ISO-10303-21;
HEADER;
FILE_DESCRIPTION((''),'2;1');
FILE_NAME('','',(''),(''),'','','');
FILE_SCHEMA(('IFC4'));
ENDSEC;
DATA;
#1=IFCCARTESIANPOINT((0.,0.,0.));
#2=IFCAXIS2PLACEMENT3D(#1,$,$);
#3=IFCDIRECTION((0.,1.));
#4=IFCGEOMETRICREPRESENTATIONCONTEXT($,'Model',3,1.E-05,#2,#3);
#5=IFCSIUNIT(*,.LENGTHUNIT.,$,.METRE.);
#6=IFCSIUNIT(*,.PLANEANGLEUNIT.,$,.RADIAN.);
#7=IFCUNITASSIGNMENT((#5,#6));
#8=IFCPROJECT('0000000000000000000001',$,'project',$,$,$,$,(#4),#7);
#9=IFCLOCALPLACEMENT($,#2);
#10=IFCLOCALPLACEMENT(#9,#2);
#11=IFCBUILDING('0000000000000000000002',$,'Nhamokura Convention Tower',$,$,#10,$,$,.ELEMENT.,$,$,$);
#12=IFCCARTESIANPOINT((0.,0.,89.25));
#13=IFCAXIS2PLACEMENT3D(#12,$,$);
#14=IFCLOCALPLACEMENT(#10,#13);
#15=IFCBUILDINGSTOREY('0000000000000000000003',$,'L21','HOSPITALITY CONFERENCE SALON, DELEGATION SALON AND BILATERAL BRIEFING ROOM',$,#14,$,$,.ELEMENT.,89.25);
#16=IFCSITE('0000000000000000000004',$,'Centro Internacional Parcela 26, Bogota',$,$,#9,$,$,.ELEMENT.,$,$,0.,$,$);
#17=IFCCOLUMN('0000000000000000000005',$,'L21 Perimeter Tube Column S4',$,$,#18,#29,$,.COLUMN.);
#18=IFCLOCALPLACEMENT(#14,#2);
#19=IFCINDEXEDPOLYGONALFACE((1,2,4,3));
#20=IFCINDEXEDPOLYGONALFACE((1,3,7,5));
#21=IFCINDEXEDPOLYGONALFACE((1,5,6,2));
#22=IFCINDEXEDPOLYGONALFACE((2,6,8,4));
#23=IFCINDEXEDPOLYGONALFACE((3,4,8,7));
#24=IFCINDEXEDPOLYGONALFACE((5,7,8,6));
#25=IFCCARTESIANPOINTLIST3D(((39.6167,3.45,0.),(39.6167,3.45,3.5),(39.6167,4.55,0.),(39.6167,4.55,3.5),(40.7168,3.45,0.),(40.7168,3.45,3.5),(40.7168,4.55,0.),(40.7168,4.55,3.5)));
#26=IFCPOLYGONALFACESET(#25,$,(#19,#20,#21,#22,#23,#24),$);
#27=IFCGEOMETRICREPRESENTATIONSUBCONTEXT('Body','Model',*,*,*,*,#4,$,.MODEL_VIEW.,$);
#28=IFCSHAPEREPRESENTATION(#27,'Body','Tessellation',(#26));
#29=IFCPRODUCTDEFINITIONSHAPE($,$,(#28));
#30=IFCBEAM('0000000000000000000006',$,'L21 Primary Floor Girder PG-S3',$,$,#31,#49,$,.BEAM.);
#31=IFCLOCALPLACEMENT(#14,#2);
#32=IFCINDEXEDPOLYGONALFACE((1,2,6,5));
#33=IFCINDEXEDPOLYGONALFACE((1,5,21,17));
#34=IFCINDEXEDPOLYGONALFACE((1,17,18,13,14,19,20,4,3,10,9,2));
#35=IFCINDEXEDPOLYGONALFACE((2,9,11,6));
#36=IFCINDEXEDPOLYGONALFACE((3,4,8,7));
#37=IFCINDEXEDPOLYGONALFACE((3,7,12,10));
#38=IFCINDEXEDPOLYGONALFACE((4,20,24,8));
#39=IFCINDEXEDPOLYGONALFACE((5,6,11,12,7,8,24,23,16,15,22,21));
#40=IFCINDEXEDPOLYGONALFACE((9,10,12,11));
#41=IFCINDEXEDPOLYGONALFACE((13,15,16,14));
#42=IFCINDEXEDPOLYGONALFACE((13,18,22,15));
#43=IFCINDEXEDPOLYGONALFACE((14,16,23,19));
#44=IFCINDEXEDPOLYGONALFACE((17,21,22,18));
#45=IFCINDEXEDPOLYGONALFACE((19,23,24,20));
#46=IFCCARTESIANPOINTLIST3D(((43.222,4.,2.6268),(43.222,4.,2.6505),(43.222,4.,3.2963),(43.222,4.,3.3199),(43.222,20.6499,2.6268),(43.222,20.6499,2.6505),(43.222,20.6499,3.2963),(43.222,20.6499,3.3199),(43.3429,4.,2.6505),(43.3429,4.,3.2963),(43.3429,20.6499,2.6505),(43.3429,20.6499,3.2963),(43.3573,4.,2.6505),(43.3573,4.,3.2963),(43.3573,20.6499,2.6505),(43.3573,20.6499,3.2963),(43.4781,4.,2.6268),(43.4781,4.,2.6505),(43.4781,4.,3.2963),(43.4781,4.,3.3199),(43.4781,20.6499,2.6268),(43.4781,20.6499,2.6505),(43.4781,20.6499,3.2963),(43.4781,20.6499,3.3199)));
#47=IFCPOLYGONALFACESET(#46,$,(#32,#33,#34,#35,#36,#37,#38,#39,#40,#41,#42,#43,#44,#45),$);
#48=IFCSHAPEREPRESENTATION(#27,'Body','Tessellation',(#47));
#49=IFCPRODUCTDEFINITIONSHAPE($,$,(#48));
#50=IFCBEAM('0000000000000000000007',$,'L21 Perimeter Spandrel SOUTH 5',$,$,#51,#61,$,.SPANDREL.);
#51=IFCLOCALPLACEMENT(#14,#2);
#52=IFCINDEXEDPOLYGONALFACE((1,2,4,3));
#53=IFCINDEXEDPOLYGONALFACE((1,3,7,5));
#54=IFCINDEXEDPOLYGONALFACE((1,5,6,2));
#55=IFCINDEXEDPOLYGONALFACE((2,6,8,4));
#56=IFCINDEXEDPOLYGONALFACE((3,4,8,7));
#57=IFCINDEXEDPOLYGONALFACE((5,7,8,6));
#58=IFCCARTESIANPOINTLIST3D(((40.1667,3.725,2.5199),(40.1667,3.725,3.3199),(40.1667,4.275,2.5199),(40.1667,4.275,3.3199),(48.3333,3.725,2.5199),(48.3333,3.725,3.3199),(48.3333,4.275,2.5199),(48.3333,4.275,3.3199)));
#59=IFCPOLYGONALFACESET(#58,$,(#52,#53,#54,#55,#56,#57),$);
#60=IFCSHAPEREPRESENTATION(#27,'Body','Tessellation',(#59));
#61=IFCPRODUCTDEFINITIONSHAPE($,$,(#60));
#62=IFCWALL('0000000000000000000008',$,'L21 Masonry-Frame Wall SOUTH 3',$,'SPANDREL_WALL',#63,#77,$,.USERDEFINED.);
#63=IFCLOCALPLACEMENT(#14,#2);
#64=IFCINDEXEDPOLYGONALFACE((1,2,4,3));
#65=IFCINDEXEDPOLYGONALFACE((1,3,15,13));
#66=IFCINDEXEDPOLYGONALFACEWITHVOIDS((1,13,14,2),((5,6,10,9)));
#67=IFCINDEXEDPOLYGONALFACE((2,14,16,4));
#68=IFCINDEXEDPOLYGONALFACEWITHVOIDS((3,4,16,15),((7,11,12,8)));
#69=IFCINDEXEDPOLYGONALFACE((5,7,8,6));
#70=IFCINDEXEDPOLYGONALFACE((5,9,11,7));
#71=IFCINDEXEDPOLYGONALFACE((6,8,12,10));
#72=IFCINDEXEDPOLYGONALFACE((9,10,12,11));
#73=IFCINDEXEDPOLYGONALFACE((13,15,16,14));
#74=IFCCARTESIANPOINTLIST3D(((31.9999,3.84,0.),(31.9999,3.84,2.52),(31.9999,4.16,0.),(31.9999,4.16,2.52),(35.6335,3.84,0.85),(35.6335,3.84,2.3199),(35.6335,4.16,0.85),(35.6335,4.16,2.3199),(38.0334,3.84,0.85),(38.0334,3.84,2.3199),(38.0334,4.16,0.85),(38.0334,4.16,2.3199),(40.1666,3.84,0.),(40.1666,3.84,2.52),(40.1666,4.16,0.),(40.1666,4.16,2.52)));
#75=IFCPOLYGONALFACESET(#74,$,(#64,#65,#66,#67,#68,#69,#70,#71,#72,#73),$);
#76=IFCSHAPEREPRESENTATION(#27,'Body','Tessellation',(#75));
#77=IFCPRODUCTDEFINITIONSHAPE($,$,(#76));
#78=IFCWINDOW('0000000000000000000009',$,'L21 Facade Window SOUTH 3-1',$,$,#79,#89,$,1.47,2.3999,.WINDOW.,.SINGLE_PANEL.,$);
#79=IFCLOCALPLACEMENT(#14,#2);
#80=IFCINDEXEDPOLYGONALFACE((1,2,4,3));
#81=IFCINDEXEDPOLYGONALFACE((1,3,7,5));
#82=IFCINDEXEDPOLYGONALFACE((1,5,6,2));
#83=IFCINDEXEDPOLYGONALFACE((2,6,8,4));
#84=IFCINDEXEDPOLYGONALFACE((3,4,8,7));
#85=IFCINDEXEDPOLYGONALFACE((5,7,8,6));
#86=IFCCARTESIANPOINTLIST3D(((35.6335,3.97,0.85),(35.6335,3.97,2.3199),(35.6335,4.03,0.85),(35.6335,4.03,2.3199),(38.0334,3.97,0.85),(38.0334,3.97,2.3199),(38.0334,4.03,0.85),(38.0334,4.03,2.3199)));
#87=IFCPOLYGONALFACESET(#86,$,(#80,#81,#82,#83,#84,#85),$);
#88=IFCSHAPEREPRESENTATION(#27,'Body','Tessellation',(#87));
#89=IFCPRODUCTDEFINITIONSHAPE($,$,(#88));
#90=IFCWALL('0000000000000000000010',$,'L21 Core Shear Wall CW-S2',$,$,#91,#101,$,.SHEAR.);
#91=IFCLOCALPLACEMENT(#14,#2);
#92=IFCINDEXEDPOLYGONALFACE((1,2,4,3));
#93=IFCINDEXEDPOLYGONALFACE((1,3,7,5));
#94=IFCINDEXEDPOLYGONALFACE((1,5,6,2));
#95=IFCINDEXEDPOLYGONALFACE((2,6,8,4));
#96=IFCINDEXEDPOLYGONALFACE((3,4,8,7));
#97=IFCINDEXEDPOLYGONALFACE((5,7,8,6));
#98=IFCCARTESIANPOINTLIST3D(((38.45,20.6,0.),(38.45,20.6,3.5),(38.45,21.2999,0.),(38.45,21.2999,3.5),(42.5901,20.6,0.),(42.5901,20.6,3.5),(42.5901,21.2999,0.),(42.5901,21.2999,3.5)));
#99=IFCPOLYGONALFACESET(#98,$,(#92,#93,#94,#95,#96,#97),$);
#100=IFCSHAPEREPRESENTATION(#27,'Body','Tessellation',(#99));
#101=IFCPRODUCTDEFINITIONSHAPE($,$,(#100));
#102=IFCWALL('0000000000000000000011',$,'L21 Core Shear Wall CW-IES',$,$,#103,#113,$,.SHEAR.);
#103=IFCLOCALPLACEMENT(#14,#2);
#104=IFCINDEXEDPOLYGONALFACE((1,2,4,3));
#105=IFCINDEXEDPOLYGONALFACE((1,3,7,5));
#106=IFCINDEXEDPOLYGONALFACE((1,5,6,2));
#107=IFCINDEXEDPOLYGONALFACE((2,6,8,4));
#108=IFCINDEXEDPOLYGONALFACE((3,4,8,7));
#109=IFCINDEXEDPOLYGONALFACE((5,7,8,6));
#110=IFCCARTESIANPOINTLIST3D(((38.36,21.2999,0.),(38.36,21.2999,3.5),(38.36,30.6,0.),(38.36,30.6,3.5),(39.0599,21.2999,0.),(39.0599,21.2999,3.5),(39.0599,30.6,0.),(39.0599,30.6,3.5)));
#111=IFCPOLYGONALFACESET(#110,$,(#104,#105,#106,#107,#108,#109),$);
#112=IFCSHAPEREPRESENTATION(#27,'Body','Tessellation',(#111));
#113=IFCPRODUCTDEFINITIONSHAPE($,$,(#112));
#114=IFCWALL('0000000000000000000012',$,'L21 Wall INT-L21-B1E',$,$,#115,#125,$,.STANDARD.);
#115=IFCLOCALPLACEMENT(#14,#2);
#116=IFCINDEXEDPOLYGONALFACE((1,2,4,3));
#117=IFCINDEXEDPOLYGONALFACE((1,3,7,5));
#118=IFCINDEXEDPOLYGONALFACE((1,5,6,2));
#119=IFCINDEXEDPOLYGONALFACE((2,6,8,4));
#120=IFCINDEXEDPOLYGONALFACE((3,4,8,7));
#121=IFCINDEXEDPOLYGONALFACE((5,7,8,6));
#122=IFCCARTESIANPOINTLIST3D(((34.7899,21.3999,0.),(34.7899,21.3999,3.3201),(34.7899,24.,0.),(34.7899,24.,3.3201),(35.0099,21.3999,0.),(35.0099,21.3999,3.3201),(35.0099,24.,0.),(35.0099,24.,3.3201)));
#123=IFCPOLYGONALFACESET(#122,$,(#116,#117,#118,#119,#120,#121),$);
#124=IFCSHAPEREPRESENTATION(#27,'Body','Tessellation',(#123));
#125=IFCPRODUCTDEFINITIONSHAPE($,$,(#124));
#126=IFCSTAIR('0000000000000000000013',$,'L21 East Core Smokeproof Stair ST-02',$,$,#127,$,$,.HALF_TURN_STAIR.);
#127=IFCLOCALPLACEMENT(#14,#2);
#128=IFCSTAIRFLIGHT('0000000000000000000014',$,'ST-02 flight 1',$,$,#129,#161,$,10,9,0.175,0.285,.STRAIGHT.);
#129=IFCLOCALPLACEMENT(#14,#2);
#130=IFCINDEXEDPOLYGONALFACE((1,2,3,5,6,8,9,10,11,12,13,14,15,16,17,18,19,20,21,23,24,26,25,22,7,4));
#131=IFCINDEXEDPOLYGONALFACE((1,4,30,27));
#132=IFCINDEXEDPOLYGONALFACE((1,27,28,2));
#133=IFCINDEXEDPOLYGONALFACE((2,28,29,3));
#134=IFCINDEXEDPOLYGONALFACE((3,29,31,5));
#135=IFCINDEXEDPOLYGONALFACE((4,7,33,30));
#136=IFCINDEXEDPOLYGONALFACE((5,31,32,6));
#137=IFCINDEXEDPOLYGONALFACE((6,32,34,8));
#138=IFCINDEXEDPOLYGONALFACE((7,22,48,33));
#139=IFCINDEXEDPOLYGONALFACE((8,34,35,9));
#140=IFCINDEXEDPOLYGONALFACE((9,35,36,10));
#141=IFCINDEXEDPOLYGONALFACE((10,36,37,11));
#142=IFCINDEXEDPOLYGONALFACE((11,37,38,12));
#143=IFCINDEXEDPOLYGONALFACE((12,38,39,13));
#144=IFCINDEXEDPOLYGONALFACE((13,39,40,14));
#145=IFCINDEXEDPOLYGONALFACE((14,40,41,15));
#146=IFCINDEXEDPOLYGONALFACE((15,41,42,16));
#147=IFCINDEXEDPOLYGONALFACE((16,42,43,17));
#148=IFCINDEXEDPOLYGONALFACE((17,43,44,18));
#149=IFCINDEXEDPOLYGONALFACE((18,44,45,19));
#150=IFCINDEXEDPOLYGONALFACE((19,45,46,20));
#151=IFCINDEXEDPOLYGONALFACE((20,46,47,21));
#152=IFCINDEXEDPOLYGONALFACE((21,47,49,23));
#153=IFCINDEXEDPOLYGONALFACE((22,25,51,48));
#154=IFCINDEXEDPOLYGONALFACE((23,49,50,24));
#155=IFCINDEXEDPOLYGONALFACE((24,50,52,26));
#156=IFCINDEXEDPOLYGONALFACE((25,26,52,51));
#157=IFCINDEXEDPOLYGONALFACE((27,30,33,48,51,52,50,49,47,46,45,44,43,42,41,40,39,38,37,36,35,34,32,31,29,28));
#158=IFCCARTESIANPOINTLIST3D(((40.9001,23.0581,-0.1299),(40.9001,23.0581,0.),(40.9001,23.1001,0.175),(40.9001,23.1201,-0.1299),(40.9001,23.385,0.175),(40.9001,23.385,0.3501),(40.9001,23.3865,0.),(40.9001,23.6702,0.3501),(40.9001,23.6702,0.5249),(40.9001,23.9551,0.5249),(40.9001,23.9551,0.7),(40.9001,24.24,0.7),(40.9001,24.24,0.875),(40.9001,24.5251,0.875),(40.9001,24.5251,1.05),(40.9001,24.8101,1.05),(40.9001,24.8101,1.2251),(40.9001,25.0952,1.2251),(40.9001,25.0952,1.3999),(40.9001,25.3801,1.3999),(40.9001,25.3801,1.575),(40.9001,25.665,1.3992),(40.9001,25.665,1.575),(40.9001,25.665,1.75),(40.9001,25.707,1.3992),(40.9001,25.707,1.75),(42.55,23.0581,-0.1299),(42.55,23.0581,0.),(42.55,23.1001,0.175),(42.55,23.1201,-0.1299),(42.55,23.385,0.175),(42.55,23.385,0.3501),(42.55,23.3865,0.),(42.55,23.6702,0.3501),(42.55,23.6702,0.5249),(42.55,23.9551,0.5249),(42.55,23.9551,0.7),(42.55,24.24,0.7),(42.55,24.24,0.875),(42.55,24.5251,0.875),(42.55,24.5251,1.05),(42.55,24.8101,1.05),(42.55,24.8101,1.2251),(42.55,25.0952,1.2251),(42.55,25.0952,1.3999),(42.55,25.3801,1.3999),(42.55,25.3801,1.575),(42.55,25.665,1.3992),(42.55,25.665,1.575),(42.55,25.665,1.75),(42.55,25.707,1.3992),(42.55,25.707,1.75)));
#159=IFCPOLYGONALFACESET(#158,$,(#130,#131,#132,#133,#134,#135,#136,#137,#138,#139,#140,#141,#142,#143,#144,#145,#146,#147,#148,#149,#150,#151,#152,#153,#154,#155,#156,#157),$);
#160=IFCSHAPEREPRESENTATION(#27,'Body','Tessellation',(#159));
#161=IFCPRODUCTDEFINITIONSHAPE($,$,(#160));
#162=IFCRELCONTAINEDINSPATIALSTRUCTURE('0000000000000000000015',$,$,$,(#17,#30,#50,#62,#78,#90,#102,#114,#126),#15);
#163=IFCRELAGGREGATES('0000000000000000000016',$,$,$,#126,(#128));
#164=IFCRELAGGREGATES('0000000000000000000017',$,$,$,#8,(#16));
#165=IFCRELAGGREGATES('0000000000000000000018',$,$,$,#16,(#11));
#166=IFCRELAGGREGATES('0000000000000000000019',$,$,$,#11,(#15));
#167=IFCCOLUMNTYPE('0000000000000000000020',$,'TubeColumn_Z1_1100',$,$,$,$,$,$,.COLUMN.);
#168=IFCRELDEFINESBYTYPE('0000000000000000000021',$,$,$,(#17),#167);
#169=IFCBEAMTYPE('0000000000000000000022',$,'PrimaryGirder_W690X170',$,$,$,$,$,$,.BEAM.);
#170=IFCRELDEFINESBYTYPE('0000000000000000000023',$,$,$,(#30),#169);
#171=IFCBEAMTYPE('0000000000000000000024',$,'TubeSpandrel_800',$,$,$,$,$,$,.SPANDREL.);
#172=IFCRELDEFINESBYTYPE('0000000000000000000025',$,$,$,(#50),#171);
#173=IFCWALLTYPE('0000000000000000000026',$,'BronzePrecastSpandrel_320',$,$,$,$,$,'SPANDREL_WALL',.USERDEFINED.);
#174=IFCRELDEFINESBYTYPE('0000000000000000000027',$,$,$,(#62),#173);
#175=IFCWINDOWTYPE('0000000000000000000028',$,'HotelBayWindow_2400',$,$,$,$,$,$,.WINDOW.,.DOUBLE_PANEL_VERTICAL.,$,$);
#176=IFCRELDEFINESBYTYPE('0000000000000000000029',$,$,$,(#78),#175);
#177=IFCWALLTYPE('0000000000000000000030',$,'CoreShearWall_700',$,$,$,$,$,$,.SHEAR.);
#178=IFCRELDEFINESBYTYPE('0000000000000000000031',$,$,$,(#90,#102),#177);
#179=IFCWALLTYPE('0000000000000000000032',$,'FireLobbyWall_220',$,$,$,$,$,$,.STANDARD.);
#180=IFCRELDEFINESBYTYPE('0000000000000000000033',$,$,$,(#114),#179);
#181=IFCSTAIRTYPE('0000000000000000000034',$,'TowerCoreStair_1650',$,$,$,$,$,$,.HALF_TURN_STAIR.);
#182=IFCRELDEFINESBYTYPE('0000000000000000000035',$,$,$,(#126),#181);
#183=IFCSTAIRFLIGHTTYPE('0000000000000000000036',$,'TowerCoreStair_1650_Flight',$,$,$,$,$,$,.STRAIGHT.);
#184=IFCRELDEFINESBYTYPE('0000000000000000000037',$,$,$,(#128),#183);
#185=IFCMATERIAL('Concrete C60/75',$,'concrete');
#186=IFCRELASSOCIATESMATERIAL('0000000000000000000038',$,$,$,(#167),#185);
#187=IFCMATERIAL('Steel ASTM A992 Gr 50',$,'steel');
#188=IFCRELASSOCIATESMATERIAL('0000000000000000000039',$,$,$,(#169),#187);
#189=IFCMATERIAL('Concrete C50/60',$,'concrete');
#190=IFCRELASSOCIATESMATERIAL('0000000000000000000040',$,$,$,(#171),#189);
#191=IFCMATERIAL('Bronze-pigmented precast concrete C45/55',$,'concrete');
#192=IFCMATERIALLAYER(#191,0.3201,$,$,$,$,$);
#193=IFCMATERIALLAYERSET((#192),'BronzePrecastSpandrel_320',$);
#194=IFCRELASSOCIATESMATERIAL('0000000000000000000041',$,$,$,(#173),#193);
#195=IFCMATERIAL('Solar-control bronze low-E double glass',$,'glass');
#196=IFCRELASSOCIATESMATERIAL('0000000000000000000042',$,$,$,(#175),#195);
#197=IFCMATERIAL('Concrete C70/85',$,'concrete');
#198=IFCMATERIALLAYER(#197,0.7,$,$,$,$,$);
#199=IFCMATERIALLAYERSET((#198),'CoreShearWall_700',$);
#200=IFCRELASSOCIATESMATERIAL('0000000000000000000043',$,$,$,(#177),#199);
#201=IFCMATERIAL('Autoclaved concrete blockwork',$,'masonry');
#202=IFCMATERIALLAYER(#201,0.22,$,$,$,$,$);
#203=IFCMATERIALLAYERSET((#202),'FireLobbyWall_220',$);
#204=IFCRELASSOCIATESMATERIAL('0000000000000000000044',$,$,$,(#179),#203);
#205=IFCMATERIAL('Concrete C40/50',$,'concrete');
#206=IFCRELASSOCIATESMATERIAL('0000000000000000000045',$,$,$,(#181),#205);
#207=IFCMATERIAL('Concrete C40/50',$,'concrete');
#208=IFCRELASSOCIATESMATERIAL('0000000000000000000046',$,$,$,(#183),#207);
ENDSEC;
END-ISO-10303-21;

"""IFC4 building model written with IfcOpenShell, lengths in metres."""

from ifc_helpers import new_model, si_unit, direction, frame, frame_2d, origin, origin_2d, place, context, subcontext, project, spatial, polyline, rectangle, i_section, outline, extrude, material, layer, layer_set, material_profile, profile_set, type_object, element, fill, aggregate, save


model = new_model("IFC4")

# Units and contexts
model_context = context("Model", 3, precision=1e-05, world=origin(), true_north=direction((0.0, 1.0)))
body_context = subcontext(model_context, "Body", "Model", "MODEL_VIEW")
ifc_project = project(units=[si_unit("LENGTHUNIT", "METRE"), si_unit("PLANEANGLEUNIT", "RADIAN")], contexts=[model_context])

# Site, building, storey
site_placement = place(None, origin())
site = spatial("IfcSite", under=ifc_project, at=site_placement, Name="Centro Internacional Parcela 26, Bogota", CompositionType="ELEMENT", RefElevation=0.0)
building_placement = place(site_placement, origin())
building = spatial("IfcBuilding", under=site, at=building_placement, Name="Nhamokura Convention Tower", CompositionType="ELEMENT")
storey_placement = place(building_placement, frame((0.0, 0.0, 89.25)))
storey = spatial("IfcBuildingStorey", under=building, at=storey_placement, Name="L21", Description="HOSPITALITY CONFERENCE SALON, DELEGATION SALON AND BILATERAL BRIEFING ROOM", CompositionType="ELEMENT", Elevation=89.25)

# Column
ifc_material_1 = material(Name="Concrete C60/75", Category="concrete")
ifc_material_profile_1 = material_profile(ifc_material_1, rectangle(XDim=1.1001, YDim=1.1001, at=origin_2d()))
ifc_profile_set_1 = profile_set([ifc_material_profile_1], Name="Concrete C60/75")
column_type = type_object("IfcColumnType", Name="TubeColumn_Z1_1100", PredefinedType="COLUMN", material=ifc_profile_set_1)
column_placement = place(storey_placement, frame((40.1667, 4.0, 0.0), z_axis=(0.0, 0.0, 1.0), x_axis=(1.0, 0.0, 0.0)))
element("IfcColumn", 1, at=column_placement, inside=storey, type_object=column_type, Name="L21 Perimeter Tube Column S4", PredefinedType="COLUMN", context=body_context, shape_type="SweptSolid", body=[
    extrude(rectangle(XDim=1.1001, YDim=1.1001, at=origin_2d()), origin(), (0.0, 0.0, 1.0), 3.5),
])

# Beams
ifc_material_2 = material(Name="Steel ASTM A992 Gr 50", Category="steel")
ifc_material_profile_2 = material_profile(ifc_material_2, i_section(OverallWidth=0.2561, OverallDepth=0.6931, WebThickness=0.0144, FlangeThickness=0.0237, at=origin_2d()))
ifc_profile_set_2 = profile_set([ifc_material_profile_2], Name="Steel ASTM A992 Gr 50")
beam_type_1 = type_object("IfcBeamType", Name="PrimaryGirder_W690X170", PredefinedType="BEAM", material=ifc_profile_set_2)
beam_1_placement = place(storey_placement, frame((43.3501, 4.0, 2.9734), z_axis=(0.0, 1.0, 0.0), x_axis=(-1.0, 0.0, 0.0)))
element("IfcBeam", 2, at=beam_1_placement, inside=storey, type_object=beam_type_1, Name="L21 Primary Floor Girder PG-S3", PredefinedType="BEAM", context=body_context, shape_type="SweptSolid", body=[
    extrude(i_section(OverallWidth=0.2561, OverallDepth=0.6931, WebThickness=0.0144, FlangeThickness=0.0237, at=origin_2d()), origin(), (0.0, 0.0, 1.0), 16.6499),
])
ifc_material_3 = material(Name="Concrete C50/60", Category="concrete")
ifc_material_profile_3 = material_profile(ifc_material_3, rectangle(XDim=0.55, YDim=0.8, at=origin_2d()))
ifc_profile_set_3 = profile_set([ifc_material_profile_3], Name="Concrete C50/60")
beam_type_2 = type_object("IfcBeamType", Name="TubeSpandrel_800", PredefinedType="SPANDREL", material=ifc_profile_set_3)
beam_2_placement = place(storey_placement, frame((40.1667, 4.0, 2.9199), z_axis=(1.0, 0.0, 0.0), x_axis=(0.0, 1.0, 0.0)))
element("IfcBeam", 3, at=beam_2_placement, inside=storey, type_object=beam_type_2, Name="L21 Perimeter Spandrel SOUTH 5", PredefinedType="SPANDREL", context=body_context, shape_type="SweptSolid", body=[
    extrude(rectangle(XDim=0.55, YDim=0.8, at=origin_2d()), origin(), (0.0, 0.0, 1.0), 8.1665),
])

# Wall, opening, window
ifc_material_4 = material(Name="Bronze-pigmented precast concrete C45/55", Category="concrete")
ifc_layer_1 = layer(ifc_material_4, 0.3201)
ifc_layer_set_1 = layer_set([ifc_layer_1], Name="BronzePrecastSpandrel_320")
wall_type_1 = type_object("IfcWallType", Name="BronzePrecastSpandrel_320", ElementType="SPANDREL_WALL", PredefinedType="USERDEFINED", material=ifc_layer_set_1)
wall_1_placement = place(storey_placement, frame((40.1667, 4.0, 0.0), z_axis=(0.0, 0.0, 1.0), x_axis=(-1.0, 0.0, 0.0)))
wall_1 = element("IfcWall", 4, at=wall_1_placement, inside=storey, type_object=wall_type_1, Name="L21 Masonry-Frame Wall SOUTH 3", ObjectType="SPANDREL_WALL", PredefinedType="USERDEFINED", context=body_context, shape_type="SweptSolid", body=[
    extrude(rectangle(XDim=8.1667, YDim=0.3201, at=frame_2d((4.0835, 0.0))), origin(), (0.0, 0.0, 1.0), 2.52),
])
opening_1_placement = place(wall_1_placement, frame((2.1333, 0.0, 0.8501)))
opening_1 = element("IfcOpeningElement", 5, at=opening_1_placement, cuts=wall_1, PredefinedType="OPENING", context=body_context, shape_type="SweptSolid", body=[
    extrude(rectangle(XDim=2.3999, YDim=1.47, at=frame_2d((1.2, 0.7349))), frame((0.0, 0.1699, 0.0), z_axis=(0.0, -1.0, 0.0), x_axis=(1.0, 0.0, 0.0)), (0.0, 0.0, 1.0), 0.3401),
])
ifc_material_5 = material(Name="Solar-control bronze low-E double glass", Category="glass")
window_type = type_object("IfcWindowType", Name="HotelBayWindow_2400", PartitioningType="DOUBLE_PANEL_VERTICAL", PredefinedType="WINDOW", material=ifc_material_5)
window_placement = place(opening_1_placement, origin())
window = element("IfcWindow", 6, at=window_placement, inside=storey, type_object=window_type, Name="L21 Facade Window SOUTH 3-1", OverallHeight=1.47, OverallWidth=2.3999, PartitioningType="SINGLE_PANEL", PredefinedType="WINDOW", context=body_context, shape_type="SweptSolid", body=[
    extrude(rectangle(XDim=2.3999, YDim=1.47, at=frame_2d((1.2, 0.7349))), frame((0.0, 0.03, 0.0), z_axis=(0.0, -1.0, 0.0), x_axis=(1.0, 0.0, 0.0)), (0.0, 0.0, 1.0), 0.0601),
])
fill(opening_1, window)

# Shared definitions
ifc_material_6 = material(Name="Concrete C70/85", Category="concrete")
ifc_layer_2 = layer(ifc_material_6, 0.7)
ifc_layer_set_2 = layer_set([ifc_layer_2], Name="CoreShearWall_700")
wall_type_2 = type_object("IfcWallType", Name="CoreShearWall_700", PredefinedType="SHEAR", material=ifc_layer_set_2)

# Walls
wall_2_placement = place(storey_placement, frame((38.45, 20.95, 0.0), z_axis=(0.0, 0.0, 1.0), x_axis=(1.0, 0.0, 0.0)))
element("IfcWall", 7, at=wall_2_placement, inside=storey, type_object=wall_type_2, Name="L21 Core Shear Wall CW-S2", PredefinedType="SHEAR", context=body_context, shape_type="SweptSolid", body=[
    extrude(rectangle(XDim=4.1401, YDim=0.7, at=frame_2d((2.0701, 0.0))), origin(), (0.0, 0.0, 1.0), 3.5),
])
wall_3_placement = place(storey_placement, frame((38.71, 21.3, 0.0), z_axis=(0.0, 0.0, 1.0), x_axis=(0.0, 1.0, 0.0)))
element("IfcWall", 8, at=wall_3_placement, inside=storey, type_object=wall_type_2, Name="L21 Core Shear Wall CW-IES", PredefinedType="SHEAR", context=body_context, shape_type="SweptSolid", body=[
    extrude(rectangle(XDim=9.3, YDim=0.7, at=frame_2d((4.6499, 0.0))), origin(), (0.0, 0.0, 1.0), 3.5),
])

# Shared definitions
ifc_material_7 = material(Name="Autoclaved concrete blockwork", Category="masonry")
ifc_layer_3 = layer(ifc_material_7, 0.22)
ifc_layer_set_3 = layer_set([ifc_layer_3], Name="FireLobbyWall_220")
wall_type_3 = type_object("IfcWallType", Name="FireLobbyWall_220", PredefinedType="STANDARD", material=ifc_layer_set_3)

# Wall
wall_4_placement = place(storey_placement, frame((34.8999, 21.3999, 0.0), z_axis=(0.0, 0.0, 1.0), x_axis=(0.0, 1.0, 0.0)))
element("IfcWall", 9, at=wall_4_placement, inside=storey, type_object=wall_type_3, Name="L21 Wall INT-L21-B1E", PredefinedType="STANDARD", context=body_context, shape_type="SweptSolid", body=[
    extrude(rectangle(XDim=2.6001, YDim=0.22, at=frame_2d((1.3, 0.0))), origin(), (0.0, 0.0, 1.0), 3.3201),
])

# Stair, stair flight
ifc_material_8 = material(Name="Concrete C40/50", Category="concrete")
stair_type = type_object("IfcStairType", Name="TowerCoreStair_1650", PredefinedType="HALF_TURN_STAIR", material=ifc_material_8)
stair_placement = place(storey_placement, origin())
stair = element("IfcStair", 10, at=stair_placement, inside=storey, type_object=stair_type, Name="L21 East Core Smokeproof Stair ST-02", PredefinedType="HALF_TURN_STAIR")
ifc_material_9 = material(Name="Concrete C40/50", Category="concrete")
stair_flight_type = type_object("IfcStairFlightType", Name="TowerCoreStair_1650_Flight", PredefinedType="STRAIGHT", material=ifc_material_9)
stair_flight_1_placement = place(storey_placement, frame((41.7251, 23.1001, 0.0), z_axis=(0.0, 0.0, 1.0), x_axis=(0.0, 1.0, 0.0)))
stair_flight_1 = element("IfcStairFlight", 11, at=stair_flight_1_placement, type_object=stair_flight_type, Name="ST-02 flight 1", NumberOfRisers=10, NumberOfTreads=9, PredefinedType="STRAIGHT", RiserHeight=0.175, TreadLength=0.285, context=body_context, shape_type="SweptSolid", body=[
    extrude(outline(polyline([(-0.042, 0.0), (0.0, 0.175), (0.2849, 0.175), (0.2849, 0.3501), (0.5701, 0.3501), (0.5701, 0.5249), (0.855, 0.5249), (0.855, 0.7), (1.1399, 0.7), (1.1399, 0.875), (1.425, 0.875), (1.425, 1.05), (1.71, 1.05), (1.71, 1.2251), (1.9951, 1.2251), (1.9951, 1.3999), (2.28, 1.3999), (2.28, 1.575), (2.5649, 1.575), (2.5649, 1.75), (2.6069, 1.75), (2.6069, 1.3992), (2.5649, 1.3992), (0.2864, 0.0), (0.02, -0.1299), (-0.042, -0.1299), (-0.042, 0.0)])), frame((0.0, 0.825, 0.0), z_axis=(0.0, -1.0, 0.0), x_axis=(1.0, 0.0, 0.0)), (0.0, 0.0, 1.0), 1.6499),
])
aggregate(stair, [stair_flight_1])

save(model, "model.ifc")
